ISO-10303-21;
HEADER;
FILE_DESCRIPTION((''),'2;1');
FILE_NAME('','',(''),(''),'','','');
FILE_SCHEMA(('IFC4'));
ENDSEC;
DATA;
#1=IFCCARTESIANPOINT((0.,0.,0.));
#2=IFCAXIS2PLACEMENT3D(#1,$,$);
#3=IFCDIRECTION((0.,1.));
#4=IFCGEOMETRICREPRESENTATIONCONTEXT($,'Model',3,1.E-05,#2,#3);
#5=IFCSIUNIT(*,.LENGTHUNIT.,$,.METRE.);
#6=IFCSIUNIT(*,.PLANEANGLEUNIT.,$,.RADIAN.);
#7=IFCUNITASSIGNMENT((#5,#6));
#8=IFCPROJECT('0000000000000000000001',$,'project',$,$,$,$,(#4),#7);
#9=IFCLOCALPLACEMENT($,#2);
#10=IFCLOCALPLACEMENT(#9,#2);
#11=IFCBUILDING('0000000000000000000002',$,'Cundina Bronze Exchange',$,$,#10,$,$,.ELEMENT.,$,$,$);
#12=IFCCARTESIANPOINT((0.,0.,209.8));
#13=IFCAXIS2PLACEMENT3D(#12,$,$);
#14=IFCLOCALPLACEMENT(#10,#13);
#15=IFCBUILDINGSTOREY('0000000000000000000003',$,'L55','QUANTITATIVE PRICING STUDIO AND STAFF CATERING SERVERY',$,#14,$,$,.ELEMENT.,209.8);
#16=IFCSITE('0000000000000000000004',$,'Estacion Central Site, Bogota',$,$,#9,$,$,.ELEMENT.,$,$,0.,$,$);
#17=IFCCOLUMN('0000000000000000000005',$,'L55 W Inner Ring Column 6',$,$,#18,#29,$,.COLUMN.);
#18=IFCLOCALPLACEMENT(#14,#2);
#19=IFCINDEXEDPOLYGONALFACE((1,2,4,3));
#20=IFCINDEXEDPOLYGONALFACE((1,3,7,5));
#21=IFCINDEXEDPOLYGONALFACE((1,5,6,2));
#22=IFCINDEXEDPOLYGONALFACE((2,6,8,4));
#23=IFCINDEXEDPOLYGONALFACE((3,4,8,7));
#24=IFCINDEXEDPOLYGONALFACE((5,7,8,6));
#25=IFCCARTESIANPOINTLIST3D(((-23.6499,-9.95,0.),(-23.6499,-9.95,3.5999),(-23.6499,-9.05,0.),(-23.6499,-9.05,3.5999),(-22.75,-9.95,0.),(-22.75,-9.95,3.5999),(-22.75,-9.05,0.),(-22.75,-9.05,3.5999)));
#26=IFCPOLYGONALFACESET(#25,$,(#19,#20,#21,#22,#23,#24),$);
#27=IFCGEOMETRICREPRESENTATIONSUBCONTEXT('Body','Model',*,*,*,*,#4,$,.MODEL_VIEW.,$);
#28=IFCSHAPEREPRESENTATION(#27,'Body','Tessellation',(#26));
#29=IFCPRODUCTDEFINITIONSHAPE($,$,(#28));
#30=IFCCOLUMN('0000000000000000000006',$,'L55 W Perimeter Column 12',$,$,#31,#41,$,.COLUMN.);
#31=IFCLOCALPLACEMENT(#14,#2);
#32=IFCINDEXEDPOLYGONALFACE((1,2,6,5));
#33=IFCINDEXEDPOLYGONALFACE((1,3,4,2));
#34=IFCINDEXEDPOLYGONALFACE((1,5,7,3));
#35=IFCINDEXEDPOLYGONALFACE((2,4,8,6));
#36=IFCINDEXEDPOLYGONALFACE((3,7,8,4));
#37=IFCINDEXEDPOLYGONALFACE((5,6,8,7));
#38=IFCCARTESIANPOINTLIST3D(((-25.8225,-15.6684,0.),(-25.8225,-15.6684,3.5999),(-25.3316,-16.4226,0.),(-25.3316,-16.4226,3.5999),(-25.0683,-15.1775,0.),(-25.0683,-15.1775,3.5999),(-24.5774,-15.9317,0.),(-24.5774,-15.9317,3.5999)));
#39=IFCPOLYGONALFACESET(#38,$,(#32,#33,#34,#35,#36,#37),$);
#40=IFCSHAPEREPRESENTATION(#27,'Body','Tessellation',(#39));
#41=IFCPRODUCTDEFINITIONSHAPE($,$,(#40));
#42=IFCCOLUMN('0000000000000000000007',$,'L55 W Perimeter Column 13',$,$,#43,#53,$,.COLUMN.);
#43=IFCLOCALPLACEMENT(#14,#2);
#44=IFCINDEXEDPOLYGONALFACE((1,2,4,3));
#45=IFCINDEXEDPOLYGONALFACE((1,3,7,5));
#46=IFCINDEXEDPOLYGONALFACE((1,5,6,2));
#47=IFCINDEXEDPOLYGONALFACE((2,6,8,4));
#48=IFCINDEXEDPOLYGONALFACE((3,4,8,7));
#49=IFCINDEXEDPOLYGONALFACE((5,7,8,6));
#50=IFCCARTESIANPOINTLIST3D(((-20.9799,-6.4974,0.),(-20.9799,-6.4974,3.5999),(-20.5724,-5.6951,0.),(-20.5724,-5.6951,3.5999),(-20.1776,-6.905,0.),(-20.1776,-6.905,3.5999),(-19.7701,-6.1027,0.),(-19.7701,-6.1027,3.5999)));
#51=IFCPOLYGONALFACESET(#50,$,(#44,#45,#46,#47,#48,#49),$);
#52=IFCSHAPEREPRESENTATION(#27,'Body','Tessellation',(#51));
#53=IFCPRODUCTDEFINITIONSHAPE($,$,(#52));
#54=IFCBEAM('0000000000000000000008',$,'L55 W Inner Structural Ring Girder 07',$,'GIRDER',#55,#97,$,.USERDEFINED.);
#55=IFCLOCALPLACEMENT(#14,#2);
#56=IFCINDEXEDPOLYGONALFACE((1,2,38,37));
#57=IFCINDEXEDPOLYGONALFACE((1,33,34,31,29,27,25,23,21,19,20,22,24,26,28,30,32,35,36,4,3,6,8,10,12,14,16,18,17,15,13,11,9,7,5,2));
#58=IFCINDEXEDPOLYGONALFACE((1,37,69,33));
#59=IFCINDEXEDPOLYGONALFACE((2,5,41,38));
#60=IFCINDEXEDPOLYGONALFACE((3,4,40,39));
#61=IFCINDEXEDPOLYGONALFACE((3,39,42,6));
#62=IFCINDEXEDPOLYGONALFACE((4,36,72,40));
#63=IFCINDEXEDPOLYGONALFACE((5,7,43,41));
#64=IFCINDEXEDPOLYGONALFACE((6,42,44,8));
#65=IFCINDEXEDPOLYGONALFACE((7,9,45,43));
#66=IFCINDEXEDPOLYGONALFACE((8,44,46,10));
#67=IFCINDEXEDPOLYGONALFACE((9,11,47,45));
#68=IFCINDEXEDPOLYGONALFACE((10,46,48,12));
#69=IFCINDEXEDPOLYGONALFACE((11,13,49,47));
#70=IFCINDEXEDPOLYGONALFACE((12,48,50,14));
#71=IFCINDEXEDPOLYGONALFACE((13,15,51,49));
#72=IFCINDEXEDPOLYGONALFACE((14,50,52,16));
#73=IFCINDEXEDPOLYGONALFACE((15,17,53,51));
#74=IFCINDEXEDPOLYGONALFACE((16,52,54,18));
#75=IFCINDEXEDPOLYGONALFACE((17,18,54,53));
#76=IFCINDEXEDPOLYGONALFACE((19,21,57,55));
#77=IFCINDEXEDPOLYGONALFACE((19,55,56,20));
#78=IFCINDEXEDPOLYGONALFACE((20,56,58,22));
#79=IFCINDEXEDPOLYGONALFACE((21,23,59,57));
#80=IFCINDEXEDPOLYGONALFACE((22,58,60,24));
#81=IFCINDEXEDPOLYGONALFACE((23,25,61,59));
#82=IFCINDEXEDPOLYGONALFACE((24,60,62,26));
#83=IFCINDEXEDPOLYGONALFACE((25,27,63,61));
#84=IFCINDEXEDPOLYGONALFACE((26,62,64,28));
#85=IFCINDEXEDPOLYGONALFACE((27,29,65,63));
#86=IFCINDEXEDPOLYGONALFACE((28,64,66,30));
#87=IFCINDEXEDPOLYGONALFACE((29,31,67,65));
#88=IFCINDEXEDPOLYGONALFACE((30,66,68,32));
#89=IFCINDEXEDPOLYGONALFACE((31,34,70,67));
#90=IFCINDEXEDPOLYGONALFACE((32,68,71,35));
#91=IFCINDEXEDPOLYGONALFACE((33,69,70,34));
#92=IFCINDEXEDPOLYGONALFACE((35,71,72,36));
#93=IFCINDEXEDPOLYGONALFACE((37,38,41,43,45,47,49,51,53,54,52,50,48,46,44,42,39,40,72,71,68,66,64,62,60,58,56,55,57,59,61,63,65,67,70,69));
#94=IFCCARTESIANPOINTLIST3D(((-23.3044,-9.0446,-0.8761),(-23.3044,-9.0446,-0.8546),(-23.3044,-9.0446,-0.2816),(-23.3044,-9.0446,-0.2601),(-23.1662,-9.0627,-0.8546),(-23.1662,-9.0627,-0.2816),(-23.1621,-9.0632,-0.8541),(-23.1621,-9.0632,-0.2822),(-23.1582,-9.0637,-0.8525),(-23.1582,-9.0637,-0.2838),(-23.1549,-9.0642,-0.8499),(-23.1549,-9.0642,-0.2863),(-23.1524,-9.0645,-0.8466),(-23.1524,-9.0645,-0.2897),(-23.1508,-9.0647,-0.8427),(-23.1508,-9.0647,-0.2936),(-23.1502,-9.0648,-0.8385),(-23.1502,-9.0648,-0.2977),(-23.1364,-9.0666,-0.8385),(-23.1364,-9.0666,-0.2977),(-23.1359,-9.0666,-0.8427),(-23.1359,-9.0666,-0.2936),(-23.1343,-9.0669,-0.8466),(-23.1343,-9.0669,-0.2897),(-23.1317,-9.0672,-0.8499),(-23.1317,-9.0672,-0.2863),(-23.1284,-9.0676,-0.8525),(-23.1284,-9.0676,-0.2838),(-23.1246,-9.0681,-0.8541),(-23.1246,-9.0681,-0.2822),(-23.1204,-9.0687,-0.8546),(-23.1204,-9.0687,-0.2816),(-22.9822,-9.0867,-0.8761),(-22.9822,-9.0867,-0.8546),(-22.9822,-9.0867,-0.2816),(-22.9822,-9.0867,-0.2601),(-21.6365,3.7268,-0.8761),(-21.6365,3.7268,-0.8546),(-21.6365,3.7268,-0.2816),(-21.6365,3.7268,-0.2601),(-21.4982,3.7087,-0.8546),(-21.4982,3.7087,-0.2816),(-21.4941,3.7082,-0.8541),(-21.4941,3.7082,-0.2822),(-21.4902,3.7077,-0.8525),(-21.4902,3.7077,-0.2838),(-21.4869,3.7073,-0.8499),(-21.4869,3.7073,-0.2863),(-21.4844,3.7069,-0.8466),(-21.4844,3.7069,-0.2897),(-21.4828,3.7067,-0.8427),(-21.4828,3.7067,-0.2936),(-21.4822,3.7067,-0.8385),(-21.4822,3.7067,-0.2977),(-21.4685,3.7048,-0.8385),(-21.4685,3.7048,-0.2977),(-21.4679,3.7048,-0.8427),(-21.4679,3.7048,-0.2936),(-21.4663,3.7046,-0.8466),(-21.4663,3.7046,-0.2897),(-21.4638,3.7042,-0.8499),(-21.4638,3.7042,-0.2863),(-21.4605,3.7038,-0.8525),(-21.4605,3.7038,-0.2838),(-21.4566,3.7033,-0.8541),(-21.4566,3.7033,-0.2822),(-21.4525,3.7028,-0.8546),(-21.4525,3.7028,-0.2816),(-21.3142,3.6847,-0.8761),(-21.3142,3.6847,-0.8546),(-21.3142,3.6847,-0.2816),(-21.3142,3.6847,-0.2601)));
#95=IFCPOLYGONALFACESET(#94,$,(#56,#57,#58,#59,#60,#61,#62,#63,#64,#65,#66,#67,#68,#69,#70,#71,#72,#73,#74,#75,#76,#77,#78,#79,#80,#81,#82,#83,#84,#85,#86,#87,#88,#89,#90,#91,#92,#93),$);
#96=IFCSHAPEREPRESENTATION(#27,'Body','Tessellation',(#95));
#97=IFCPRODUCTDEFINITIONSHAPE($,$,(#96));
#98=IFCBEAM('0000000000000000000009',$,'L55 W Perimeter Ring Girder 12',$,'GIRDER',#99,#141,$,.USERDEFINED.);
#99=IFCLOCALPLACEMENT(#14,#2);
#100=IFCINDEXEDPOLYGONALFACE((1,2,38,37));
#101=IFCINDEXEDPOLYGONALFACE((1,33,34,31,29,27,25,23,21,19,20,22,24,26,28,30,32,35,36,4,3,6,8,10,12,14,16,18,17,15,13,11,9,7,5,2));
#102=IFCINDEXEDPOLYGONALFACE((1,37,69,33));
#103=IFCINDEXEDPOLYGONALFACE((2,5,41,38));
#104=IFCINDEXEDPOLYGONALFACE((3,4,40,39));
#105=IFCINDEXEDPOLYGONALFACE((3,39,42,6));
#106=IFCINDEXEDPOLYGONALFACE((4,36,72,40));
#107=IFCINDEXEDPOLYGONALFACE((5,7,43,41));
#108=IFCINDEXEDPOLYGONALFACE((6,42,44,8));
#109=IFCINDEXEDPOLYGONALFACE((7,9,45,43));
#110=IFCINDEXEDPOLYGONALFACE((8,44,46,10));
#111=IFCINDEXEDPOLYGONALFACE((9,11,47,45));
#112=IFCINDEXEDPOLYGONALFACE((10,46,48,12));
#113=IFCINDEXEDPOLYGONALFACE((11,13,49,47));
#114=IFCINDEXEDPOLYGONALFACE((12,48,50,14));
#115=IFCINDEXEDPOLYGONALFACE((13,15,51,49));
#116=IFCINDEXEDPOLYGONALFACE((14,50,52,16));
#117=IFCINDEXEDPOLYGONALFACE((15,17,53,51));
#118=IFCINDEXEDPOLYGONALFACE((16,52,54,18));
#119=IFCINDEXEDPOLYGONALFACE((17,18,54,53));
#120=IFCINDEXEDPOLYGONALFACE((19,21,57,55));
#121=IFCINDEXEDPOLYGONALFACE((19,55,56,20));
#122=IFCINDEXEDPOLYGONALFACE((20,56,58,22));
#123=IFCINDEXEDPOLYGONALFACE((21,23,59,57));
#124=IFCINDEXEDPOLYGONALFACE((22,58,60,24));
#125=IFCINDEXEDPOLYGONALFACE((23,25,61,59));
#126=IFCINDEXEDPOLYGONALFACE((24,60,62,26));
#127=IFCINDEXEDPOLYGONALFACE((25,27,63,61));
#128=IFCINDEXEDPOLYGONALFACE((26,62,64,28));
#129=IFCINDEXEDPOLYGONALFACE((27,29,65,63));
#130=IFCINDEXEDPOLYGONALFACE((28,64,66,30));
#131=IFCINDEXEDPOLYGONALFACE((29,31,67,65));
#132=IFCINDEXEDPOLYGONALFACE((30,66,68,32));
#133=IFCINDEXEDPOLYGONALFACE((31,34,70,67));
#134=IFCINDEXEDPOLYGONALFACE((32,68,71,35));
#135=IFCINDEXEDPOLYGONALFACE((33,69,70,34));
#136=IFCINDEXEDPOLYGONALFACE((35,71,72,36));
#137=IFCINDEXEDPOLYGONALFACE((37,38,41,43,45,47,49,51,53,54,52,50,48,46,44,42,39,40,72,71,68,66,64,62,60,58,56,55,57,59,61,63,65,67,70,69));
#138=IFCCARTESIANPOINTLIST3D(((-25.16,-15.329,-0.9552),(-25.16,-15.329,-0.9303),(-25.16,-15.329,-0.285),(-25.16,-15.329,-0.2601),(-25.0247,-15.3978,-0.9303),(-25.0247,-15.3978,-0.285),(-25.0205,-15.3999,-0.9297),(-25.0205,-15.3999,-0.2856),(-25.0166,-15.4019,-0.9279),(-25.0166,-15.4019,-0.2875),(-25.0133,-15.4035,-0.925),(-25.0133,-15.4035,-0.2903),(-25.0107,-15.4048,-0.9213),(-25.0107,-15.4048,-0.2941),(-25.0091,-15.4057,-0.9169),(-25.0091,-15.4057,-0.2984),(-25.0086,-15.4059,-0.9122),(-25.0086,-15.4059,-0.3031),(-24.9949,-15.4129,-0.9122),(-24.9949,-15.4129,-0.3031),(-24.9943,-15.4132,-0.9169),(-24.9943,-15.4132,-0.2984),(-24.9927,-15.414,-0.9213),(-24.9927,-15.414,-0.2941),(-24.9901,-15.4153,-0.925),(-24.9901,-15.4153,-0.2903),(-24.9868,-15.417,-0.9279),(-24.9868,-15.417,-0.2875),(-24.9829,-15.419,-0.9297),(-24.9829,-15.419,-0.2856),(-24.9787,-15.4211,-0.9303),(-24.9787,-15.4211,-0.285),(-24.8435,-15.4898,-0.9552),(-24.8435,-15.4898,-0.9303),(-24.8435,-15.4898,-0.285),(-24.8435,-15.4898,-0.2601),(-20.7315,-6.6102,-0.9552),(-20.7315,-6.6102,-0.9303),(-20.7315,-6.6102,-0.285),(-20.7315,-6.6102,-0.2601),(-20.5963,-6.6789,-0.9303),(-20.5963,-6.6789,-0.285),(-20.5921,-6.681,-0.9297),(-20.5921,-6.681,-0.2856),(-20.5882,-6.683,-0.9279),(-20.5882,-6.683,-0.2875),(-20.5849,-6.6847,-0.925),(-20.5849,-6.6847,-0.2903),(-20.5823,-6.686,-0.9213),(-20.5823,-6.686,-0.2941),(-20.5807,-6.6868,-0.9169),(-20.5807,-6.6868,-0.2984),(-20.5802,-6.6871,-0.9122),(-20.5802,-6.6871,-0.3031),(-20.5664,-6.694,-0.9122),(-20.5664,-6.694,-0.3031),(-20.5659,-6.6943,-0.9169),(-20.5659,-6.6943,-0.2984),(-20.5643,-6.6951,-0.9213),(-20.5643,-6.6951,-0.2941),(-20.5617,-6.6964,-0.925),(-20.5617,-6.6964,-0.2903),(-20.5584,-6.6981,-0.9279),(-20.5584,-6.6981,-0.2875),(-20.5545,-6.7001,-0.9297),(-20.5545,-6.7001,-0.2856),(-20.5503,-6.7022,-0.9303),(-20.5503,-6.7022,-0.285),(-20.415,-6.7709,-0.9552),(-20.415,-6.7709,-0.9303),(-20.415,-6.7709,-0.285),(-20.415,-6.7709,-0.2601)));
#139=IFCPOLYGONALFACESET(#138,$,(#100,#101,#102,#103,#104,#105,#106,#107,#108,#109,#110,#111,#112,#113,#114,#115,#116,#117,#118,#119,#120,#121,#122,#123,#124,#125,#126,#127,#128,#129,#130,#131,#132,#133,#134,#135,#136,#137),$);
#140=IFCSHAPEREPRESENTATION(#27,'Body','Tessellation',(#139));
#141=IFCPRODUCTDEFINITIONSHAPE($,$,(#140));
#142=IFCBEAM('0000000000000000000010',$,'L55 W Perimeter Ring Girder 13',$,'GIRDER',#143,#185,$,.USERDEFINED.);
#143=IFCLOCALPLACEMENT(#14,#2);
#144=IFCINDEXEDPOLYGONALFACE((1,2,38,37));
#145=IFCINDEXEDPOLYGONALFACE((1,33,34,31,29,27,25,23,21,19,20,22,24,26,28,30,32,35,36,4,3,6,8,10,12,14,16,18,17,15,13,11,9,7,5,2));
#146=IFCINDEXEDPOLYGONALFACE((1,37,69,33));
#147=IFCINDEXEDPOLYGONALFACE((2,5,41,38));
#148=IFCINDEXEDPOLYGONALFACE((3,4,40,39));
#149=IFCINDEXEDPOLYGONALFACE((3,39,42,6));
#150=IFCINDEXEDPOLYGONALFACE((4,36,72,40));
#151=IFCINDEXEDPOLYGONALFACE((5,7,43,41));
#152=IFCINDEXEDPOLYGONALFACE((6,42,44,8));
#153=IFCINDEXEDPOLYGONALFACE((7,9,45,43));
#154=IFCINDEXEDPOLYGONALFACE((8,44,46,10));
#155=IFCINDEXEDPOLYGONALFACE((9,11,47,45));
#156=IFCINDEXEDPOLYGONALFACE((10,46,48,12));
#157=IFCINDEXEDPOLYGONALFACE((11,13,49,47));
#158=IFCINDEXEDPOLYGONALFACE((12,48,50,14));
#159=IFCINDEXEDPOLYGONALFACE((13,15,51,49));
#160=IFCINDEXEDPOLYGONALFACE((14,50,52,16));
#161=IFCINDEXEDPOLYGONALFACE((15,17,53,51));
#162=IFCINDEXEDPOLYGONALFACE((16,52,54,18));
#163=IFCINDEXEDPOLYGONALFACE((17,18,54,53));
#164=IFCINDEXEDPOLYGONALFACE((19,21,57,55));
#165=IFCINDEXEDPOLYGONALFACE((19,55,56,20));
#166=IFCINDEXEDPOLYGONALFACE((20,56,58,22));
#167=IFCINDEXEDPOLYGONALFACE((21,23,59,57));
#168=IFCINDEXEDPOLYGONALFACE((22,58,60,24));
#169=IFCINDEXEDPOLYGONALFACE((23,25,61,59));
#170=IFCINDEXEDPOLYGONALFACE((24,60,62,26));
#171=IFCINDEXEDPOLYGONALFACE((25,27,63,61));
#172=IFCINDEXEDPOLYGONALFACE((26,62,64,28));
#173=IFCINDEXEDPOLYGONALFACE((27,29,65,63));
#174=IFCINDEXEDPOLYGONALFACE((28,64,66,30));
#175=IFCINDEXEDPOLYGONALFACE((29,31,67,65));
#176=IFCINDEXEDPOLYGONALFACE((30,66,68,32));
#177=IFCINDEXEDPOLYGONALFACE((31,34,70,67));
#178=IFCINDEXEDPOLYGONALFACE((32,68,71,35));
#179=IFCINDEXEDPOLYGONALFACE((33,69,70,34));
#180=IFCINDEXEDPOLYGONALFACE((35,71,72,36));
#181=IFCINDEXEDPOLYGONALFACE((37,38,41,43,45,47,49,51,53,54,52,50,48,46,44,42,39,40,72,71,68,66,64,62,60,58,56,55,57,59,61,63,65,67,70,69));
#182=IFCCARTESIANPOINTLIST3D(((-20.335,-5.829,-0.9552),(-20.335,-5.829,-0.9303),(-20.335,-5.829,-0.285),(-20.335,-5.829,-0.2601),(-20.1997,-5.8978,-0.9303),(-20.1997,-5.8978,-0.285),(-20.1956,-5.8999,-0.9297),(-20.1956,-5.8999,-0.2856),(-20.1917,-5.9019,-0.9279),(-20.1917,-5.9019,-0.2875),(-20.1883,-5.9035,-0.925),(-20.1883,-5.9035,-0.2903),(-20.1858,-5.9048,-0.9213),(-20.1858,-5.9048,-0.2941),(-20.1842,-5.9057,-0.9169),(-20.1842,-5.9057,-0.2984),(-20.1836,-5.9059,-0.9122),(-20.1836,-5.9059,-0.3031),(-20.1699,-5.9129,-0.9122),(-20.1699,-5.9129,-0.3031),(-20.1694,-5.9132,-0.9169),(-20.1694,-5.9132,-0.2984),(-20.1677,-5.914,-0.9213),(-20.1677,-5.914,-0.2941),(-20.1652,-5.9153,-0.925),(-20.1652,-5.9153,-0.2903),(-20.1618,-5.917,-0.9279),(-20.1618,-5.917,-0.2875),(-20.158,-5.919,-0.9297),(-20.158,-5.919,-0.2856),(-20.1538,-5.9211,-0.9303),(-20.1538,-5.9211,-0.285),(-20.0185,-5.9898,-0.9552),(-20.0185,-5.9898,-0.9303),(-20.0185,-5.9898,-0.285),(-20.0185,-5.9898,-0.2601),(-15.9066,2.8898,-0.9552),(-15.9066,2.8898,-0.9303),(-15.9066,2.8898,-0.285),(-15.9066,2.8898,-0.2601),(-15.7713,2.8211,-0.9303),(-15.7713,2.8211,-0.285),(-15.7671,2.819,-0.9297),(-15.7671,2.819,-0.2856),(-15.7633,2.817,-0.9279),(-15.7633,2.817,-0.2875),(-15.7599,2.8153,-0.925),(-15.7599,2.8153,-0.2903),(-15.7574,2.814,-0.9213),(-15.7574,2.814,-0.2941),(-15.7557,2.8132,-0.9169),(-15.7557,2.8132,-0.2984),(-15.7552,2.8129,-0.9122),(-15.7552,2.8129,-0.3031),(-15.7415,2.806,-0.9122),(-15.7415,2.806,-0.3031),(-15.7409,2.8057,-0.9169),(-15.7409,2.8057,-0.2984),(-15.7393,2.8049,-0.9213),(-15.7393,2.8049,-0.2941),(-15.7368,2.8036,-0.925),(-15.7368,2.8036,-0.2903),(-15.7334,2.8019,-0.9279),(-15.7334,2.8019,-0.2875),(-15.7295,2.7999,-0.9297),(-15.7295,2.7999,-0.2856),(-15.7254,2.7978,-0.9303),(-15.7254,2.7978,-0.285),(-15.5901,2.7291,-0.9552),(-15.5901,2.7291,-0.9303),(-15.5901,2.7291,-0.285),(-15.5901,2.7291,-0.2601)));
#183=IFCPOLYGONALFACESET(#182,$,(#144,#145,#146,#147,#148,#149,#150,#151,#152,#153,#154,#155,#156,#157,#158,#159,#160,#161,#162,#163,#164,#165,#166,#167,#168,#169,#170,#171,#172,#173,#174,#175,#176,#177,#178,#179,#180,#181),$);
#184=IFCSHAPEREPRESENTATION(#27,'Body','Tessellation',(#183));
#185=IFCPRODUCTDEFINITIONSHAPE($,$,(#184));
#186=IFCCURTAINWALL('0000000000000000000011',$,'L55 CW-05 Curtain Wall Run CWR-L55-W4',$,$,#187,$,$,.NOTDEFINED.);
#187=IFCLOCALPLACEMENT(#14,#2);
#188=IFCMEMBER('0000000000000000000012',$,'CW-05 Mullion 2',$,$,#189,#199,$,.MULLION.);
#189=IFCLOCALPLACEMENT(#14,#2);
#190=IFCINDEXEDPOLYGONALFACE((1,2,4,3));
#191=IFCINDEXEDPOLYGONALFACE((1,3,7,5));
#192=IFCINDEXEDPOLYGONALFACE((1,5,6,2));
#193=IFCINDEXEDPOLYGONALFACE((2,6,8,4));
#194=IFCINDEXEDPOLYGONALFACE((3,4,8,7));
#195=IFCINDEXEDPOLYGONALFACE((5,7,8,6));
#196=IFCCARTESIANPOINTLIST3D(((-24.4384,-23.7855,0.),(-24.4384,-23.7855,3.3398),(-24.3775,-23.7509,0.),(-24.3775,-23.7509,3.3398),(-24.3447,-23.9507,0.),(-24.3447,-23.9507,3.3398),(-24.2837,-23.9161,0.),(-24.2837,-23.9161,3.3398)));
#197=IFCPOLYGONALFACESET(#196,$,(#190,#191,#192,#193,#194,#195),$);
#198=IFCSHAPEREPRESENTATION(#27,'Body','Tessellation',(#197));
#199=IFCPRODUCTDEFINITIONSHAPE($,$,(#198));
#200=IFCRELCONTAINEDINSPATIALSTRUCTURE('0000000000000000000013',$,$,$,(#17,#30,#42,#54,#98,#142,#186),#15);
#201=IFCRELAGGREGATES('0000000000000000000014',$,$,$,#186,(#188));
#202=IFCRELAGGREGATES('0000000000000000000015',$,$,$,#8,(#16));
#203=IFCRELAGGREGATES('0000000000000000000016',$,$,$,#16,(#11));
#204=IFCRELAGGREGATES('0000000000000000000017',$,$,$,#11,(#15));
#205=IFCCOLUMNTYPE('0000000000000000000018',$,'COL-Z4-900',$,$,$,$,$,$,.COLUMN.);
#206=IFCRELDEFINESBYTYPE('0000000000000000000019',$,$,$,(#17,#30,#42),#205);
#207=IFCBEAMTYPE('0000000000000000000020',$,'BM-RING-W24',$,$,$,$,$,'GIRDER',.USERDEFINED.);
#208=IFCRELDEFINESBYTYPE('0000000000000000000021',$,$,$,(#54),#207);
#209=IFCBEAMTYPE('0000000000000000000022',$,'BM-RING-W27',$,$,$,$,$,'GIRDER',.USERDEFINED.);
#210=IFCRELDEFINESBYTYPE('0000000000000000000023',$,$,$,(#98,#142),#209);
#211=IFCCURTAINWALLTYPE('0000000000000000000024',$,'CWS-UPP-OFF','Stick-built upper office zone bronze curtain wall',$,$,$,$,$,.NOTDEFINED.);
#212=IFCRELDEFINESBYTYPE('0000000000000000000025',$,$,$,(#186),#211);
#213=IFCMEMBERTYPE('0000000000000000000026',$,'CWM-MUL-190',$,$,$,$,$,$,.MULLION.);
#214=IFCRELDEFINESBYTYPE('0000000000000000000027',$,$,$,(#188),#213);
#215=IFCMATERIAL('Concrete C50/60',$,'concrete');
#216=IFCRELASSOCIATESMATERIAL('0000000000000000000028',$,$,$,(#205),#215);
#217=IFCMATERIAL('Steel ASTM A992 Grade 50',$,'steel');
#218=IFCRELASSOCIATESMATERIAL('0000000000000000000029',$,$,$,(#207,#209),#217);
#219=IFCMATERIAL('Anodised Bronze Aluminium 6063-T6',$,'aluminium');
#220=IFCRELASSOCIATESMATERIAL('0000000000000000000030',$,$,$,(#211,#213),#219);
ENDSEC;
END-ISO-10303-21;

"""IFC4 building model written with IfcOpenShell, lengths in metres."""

from ifc_helpers import new_model, si_unit, direction, frame, origin, origin_2d, place, context, subcontext, project, spatial, rectangle, i_section, extrude, material, material_profile, profile_set, type_object, element, aggregate, save


model = new_model("IFC4")

# Units and contexts
model_context = context("Model", 3, precision=1e-05, world=origin(), true_north=direction((0.0, 1.0)))
body_context = subcontext(model_context, "Body", "Model", "MODEL_VIEW")
ifc_project = project(units=[si_unit("LENGTHUNIT", "METRE"), si_unit("PLANEANGLEUNIT", "RADIAN")], contexts=[model_context])

# Site, building, storey
site_placement = place(None, origin())
site = spatial("IfcSite", under=ifc_project, at=site_placement, Name="Estacion Central Site, Bogota", CompositionType="ELEMENT", RefElevation=0.0)
building_placement = place(site_placement, origin())
building = spatial("IfcBuilding", under=site, at=building_placement, Name="Cundina Bronze Exchange", CompositionType="ELEMENT")
storey_placement = place(building_placement, frame((0.0, 0.0, 209.8)))
storey = spatial("IfcBuildingStorey", under=building, at=storey_placement, Name="L55", Description="QUANTITATIVE PRICING STUDIO AND STAFF CATERING SERVERY", CompositionType="ELEMENT", Elevation=209.8)

# Columns
ifc_material_1 = material(Name="Concrete C50/60", Category="concrete")
ifc_material_profile_1 = material_profile(ifc_material_1, rectangle(XDim=0.8999, YDim=0.8999, at=origin_2d()), Name="RC900X900", Category="concrete")
ifc_profile_set_1 = profile_set([ifc_material_profile_1], Name="Concrete C50/60")
column_type = type_object("IfcColumnType", Name="COL-Z4-900", PredefinedType="COLUMN", material=ifc_profile_set_1)
for number, where, z_axis, x_axis, name in (
    (1, (-23.2, -9.5, 0.0), (0.0, 0.0, 1.0), (1.0, 0.0, 0.0), "L55 W Inner Ring Column 6"),
    (2, (-25.2, -15.8, 0.0), (0.0, 0.0, 1.0), (0.8381, 0.545517, 0.0), "L55 W Perimeter Column 12"),
    (3, (-20.375, -6.3, 0.0), (0.0, 0.0, 1.0), (0.452902, 0.891561, 0.0), "L55 W Perimeter Column 13"),
):
    element("IfcColumn", number, at=place(storey_placement, frame(where, z_axis=z_axis, x_axis=x_axis)), inside=storey, type_object=column_type, Name=name, PredefinedType="COLUMN", context=body_context, shape_type="SweptSolid", body=[
        extrude(rectangle(XDim=0.8999, YDim=0.8999, at=origin_2d()), origin(), (0.0, 0.0, 1.0), 3.5999),
    ])

# Beams
ifc_material_2 = material(Name="Steel ASTM A992 Grade 50", Category="steel")
ifc_material_profile_2 = material_profile(ifc_material_2, i_section(OverallWidth=0.325, OverallDepth=0.616, WebThickness=0.0139, FlangeThickness=0.0215, FilletRadius=0.0161, at=origin_2d()), Name="W24X117", Category="steel")
ifc_profile_set_2 = profile_set([ifc_material_profile_2], Name="Steel ASTM A992 Grade 50")
beam_type_1 = type_object("IfcBeamType", Name="BM-RING-W24", ElementType="GIRDER", PredefinedType="USERDEFINED", material=ifc_profile_set_2)
beam_placement = place(storey_placement, frame((-23.1433, -9.0657, -0.5681), z_axis=(0.129501, 0.991579, 0.0), x_axis=(-0.991579, 0.129501, 0.0)))
element("IfcBeam", 4, at=beam_placement, inside=storey, type_object=beam_type_1, Name="L55 W Inner Structural Ring Girder 07", ObjectType="GIRDER", PredefinedType="USERDEFINED", context=body_context, shape_type="SweptSolid", body=[
    extrude(i_section(OverallWidth=0.325, OverallDepth=0.616, WebThickness=0.0139, FlangeThickness=0.0215, FilletRadius=0.0161, at=origin_2d()), origin(), (0.0, 0.0, 1.0), 12.8799),
])
ifc_material_profile_3 = material_profile(ifc_material_2, i_section(OverallWidth=0.355, OverallDepth=0.6951, WebThickness=0.0154, FlangeThickness=0.0249, FilletRadius=0.0181, at=origin_2d()), Name="W27X146", Category="steel")
ifc_profile_set_3 = profile_set([ifc_material_profile_3], Name="Steel ASTM A992 Grade 50")
beam_type_2 = type_object("IfcBeamType", Name="BM-RING-W27", ElementType="GIRDER", PredefinedType="USERDEFINED", material=ifc_profile_set_3)
for number, where, z_axis, x_axis, name in (
    (5, (-25.0017, -15.4094, -0.6077), (0.452847, 0.891588, 0.0), (-0.891588, 0.452847, 0.0), "L55 W Perimeter Ring Girder 12"),
    (6, (-20.1768, -5.9094, -0.6077), (0.452847, 0.891588, 0.0), (-0.891588, 0.452847, 0.0), "L55 W Perimeter Ring Girder 13"),
):
    element("IfcBeam", number, at=place(storey_placement, frame(where, z_axis=z_axis, x_axis=x_axis)), inside=storey, type_object=beam_type_2, Name=name, ObjectType="GIRDER", PredefinedType="USERDEFINED", context=body_context, shape_type="SweptSolid", body=[
        extrude(i_section(OverallWidth=0.355, OverallDepth=0.6951, WebThickness=0.0154, FlangeThickness=0.0249, FilletRadius=0.0181, at=origin_2d()), origin(), (0.0, 0.0, 1.0), 9.7791),
    ])

# Curtain wall, member
ifc_material_3 = material(Name="Anodised Bronze Aluminium 6063-T6", Category="aluminium")
curtain_wall_type = type_object("IfcCurtainWallType", Name="CWS-UPP-OFF", Description="Stick-built upper office zone bronze curtain wall", PredefinedType="NOTDEFINED", material=ifc_material_3)
curtain_wall_placement = place(storey_placement, origin())
curtain_wall = element("IfcCurtainWall", 7, at=curtain_wall_placement, inside=storey, type_object=curtain_wall_type, Name="L55 CW-05 Curtain Wall Run CWR-L55-W4", PredefinedType="NOTDEFINED")
ifc_material_profile_4 = material_profile(ifc_material_3, rectangle(XDim=0.0701, YDim=0.1899, at=origin_2d()), Name="AL70X190", Category="aluminium")
ifc_profile_set_4 = profile_set([ifc_material_profile_4], Name="Anodised Bronze Aluminium 6063-T6")
member_type_1 = type_object("IfcMemberType", Name="CWM-MUL-190", PredefinedType="MULLION", material=ifc_profile_set_4)
member_1_placement = place(storey_placement, frame((-24.3611, -23.8508, 0.0), z_axis=(0.0, 0.0, 1.0), x_axis=(0.869581, 0.49379, 0.0)))
member_1 = element("IfcMember", 8, at=member_1_placement, type_object=member_type_1, Name="CW-05 Mullion 2", PredefinedType="MULLION", context=body_context, shape_type="SweptSolid", body=[
    extrude(rectangle(XDim=0.0701, YDim=0.1899, at=origin_2d()), origin(), (0.0, 0.0, 1.0), 3.3398),
])
aggregate(curtain_wall, [member_1])

save(model, "model.ifc")
